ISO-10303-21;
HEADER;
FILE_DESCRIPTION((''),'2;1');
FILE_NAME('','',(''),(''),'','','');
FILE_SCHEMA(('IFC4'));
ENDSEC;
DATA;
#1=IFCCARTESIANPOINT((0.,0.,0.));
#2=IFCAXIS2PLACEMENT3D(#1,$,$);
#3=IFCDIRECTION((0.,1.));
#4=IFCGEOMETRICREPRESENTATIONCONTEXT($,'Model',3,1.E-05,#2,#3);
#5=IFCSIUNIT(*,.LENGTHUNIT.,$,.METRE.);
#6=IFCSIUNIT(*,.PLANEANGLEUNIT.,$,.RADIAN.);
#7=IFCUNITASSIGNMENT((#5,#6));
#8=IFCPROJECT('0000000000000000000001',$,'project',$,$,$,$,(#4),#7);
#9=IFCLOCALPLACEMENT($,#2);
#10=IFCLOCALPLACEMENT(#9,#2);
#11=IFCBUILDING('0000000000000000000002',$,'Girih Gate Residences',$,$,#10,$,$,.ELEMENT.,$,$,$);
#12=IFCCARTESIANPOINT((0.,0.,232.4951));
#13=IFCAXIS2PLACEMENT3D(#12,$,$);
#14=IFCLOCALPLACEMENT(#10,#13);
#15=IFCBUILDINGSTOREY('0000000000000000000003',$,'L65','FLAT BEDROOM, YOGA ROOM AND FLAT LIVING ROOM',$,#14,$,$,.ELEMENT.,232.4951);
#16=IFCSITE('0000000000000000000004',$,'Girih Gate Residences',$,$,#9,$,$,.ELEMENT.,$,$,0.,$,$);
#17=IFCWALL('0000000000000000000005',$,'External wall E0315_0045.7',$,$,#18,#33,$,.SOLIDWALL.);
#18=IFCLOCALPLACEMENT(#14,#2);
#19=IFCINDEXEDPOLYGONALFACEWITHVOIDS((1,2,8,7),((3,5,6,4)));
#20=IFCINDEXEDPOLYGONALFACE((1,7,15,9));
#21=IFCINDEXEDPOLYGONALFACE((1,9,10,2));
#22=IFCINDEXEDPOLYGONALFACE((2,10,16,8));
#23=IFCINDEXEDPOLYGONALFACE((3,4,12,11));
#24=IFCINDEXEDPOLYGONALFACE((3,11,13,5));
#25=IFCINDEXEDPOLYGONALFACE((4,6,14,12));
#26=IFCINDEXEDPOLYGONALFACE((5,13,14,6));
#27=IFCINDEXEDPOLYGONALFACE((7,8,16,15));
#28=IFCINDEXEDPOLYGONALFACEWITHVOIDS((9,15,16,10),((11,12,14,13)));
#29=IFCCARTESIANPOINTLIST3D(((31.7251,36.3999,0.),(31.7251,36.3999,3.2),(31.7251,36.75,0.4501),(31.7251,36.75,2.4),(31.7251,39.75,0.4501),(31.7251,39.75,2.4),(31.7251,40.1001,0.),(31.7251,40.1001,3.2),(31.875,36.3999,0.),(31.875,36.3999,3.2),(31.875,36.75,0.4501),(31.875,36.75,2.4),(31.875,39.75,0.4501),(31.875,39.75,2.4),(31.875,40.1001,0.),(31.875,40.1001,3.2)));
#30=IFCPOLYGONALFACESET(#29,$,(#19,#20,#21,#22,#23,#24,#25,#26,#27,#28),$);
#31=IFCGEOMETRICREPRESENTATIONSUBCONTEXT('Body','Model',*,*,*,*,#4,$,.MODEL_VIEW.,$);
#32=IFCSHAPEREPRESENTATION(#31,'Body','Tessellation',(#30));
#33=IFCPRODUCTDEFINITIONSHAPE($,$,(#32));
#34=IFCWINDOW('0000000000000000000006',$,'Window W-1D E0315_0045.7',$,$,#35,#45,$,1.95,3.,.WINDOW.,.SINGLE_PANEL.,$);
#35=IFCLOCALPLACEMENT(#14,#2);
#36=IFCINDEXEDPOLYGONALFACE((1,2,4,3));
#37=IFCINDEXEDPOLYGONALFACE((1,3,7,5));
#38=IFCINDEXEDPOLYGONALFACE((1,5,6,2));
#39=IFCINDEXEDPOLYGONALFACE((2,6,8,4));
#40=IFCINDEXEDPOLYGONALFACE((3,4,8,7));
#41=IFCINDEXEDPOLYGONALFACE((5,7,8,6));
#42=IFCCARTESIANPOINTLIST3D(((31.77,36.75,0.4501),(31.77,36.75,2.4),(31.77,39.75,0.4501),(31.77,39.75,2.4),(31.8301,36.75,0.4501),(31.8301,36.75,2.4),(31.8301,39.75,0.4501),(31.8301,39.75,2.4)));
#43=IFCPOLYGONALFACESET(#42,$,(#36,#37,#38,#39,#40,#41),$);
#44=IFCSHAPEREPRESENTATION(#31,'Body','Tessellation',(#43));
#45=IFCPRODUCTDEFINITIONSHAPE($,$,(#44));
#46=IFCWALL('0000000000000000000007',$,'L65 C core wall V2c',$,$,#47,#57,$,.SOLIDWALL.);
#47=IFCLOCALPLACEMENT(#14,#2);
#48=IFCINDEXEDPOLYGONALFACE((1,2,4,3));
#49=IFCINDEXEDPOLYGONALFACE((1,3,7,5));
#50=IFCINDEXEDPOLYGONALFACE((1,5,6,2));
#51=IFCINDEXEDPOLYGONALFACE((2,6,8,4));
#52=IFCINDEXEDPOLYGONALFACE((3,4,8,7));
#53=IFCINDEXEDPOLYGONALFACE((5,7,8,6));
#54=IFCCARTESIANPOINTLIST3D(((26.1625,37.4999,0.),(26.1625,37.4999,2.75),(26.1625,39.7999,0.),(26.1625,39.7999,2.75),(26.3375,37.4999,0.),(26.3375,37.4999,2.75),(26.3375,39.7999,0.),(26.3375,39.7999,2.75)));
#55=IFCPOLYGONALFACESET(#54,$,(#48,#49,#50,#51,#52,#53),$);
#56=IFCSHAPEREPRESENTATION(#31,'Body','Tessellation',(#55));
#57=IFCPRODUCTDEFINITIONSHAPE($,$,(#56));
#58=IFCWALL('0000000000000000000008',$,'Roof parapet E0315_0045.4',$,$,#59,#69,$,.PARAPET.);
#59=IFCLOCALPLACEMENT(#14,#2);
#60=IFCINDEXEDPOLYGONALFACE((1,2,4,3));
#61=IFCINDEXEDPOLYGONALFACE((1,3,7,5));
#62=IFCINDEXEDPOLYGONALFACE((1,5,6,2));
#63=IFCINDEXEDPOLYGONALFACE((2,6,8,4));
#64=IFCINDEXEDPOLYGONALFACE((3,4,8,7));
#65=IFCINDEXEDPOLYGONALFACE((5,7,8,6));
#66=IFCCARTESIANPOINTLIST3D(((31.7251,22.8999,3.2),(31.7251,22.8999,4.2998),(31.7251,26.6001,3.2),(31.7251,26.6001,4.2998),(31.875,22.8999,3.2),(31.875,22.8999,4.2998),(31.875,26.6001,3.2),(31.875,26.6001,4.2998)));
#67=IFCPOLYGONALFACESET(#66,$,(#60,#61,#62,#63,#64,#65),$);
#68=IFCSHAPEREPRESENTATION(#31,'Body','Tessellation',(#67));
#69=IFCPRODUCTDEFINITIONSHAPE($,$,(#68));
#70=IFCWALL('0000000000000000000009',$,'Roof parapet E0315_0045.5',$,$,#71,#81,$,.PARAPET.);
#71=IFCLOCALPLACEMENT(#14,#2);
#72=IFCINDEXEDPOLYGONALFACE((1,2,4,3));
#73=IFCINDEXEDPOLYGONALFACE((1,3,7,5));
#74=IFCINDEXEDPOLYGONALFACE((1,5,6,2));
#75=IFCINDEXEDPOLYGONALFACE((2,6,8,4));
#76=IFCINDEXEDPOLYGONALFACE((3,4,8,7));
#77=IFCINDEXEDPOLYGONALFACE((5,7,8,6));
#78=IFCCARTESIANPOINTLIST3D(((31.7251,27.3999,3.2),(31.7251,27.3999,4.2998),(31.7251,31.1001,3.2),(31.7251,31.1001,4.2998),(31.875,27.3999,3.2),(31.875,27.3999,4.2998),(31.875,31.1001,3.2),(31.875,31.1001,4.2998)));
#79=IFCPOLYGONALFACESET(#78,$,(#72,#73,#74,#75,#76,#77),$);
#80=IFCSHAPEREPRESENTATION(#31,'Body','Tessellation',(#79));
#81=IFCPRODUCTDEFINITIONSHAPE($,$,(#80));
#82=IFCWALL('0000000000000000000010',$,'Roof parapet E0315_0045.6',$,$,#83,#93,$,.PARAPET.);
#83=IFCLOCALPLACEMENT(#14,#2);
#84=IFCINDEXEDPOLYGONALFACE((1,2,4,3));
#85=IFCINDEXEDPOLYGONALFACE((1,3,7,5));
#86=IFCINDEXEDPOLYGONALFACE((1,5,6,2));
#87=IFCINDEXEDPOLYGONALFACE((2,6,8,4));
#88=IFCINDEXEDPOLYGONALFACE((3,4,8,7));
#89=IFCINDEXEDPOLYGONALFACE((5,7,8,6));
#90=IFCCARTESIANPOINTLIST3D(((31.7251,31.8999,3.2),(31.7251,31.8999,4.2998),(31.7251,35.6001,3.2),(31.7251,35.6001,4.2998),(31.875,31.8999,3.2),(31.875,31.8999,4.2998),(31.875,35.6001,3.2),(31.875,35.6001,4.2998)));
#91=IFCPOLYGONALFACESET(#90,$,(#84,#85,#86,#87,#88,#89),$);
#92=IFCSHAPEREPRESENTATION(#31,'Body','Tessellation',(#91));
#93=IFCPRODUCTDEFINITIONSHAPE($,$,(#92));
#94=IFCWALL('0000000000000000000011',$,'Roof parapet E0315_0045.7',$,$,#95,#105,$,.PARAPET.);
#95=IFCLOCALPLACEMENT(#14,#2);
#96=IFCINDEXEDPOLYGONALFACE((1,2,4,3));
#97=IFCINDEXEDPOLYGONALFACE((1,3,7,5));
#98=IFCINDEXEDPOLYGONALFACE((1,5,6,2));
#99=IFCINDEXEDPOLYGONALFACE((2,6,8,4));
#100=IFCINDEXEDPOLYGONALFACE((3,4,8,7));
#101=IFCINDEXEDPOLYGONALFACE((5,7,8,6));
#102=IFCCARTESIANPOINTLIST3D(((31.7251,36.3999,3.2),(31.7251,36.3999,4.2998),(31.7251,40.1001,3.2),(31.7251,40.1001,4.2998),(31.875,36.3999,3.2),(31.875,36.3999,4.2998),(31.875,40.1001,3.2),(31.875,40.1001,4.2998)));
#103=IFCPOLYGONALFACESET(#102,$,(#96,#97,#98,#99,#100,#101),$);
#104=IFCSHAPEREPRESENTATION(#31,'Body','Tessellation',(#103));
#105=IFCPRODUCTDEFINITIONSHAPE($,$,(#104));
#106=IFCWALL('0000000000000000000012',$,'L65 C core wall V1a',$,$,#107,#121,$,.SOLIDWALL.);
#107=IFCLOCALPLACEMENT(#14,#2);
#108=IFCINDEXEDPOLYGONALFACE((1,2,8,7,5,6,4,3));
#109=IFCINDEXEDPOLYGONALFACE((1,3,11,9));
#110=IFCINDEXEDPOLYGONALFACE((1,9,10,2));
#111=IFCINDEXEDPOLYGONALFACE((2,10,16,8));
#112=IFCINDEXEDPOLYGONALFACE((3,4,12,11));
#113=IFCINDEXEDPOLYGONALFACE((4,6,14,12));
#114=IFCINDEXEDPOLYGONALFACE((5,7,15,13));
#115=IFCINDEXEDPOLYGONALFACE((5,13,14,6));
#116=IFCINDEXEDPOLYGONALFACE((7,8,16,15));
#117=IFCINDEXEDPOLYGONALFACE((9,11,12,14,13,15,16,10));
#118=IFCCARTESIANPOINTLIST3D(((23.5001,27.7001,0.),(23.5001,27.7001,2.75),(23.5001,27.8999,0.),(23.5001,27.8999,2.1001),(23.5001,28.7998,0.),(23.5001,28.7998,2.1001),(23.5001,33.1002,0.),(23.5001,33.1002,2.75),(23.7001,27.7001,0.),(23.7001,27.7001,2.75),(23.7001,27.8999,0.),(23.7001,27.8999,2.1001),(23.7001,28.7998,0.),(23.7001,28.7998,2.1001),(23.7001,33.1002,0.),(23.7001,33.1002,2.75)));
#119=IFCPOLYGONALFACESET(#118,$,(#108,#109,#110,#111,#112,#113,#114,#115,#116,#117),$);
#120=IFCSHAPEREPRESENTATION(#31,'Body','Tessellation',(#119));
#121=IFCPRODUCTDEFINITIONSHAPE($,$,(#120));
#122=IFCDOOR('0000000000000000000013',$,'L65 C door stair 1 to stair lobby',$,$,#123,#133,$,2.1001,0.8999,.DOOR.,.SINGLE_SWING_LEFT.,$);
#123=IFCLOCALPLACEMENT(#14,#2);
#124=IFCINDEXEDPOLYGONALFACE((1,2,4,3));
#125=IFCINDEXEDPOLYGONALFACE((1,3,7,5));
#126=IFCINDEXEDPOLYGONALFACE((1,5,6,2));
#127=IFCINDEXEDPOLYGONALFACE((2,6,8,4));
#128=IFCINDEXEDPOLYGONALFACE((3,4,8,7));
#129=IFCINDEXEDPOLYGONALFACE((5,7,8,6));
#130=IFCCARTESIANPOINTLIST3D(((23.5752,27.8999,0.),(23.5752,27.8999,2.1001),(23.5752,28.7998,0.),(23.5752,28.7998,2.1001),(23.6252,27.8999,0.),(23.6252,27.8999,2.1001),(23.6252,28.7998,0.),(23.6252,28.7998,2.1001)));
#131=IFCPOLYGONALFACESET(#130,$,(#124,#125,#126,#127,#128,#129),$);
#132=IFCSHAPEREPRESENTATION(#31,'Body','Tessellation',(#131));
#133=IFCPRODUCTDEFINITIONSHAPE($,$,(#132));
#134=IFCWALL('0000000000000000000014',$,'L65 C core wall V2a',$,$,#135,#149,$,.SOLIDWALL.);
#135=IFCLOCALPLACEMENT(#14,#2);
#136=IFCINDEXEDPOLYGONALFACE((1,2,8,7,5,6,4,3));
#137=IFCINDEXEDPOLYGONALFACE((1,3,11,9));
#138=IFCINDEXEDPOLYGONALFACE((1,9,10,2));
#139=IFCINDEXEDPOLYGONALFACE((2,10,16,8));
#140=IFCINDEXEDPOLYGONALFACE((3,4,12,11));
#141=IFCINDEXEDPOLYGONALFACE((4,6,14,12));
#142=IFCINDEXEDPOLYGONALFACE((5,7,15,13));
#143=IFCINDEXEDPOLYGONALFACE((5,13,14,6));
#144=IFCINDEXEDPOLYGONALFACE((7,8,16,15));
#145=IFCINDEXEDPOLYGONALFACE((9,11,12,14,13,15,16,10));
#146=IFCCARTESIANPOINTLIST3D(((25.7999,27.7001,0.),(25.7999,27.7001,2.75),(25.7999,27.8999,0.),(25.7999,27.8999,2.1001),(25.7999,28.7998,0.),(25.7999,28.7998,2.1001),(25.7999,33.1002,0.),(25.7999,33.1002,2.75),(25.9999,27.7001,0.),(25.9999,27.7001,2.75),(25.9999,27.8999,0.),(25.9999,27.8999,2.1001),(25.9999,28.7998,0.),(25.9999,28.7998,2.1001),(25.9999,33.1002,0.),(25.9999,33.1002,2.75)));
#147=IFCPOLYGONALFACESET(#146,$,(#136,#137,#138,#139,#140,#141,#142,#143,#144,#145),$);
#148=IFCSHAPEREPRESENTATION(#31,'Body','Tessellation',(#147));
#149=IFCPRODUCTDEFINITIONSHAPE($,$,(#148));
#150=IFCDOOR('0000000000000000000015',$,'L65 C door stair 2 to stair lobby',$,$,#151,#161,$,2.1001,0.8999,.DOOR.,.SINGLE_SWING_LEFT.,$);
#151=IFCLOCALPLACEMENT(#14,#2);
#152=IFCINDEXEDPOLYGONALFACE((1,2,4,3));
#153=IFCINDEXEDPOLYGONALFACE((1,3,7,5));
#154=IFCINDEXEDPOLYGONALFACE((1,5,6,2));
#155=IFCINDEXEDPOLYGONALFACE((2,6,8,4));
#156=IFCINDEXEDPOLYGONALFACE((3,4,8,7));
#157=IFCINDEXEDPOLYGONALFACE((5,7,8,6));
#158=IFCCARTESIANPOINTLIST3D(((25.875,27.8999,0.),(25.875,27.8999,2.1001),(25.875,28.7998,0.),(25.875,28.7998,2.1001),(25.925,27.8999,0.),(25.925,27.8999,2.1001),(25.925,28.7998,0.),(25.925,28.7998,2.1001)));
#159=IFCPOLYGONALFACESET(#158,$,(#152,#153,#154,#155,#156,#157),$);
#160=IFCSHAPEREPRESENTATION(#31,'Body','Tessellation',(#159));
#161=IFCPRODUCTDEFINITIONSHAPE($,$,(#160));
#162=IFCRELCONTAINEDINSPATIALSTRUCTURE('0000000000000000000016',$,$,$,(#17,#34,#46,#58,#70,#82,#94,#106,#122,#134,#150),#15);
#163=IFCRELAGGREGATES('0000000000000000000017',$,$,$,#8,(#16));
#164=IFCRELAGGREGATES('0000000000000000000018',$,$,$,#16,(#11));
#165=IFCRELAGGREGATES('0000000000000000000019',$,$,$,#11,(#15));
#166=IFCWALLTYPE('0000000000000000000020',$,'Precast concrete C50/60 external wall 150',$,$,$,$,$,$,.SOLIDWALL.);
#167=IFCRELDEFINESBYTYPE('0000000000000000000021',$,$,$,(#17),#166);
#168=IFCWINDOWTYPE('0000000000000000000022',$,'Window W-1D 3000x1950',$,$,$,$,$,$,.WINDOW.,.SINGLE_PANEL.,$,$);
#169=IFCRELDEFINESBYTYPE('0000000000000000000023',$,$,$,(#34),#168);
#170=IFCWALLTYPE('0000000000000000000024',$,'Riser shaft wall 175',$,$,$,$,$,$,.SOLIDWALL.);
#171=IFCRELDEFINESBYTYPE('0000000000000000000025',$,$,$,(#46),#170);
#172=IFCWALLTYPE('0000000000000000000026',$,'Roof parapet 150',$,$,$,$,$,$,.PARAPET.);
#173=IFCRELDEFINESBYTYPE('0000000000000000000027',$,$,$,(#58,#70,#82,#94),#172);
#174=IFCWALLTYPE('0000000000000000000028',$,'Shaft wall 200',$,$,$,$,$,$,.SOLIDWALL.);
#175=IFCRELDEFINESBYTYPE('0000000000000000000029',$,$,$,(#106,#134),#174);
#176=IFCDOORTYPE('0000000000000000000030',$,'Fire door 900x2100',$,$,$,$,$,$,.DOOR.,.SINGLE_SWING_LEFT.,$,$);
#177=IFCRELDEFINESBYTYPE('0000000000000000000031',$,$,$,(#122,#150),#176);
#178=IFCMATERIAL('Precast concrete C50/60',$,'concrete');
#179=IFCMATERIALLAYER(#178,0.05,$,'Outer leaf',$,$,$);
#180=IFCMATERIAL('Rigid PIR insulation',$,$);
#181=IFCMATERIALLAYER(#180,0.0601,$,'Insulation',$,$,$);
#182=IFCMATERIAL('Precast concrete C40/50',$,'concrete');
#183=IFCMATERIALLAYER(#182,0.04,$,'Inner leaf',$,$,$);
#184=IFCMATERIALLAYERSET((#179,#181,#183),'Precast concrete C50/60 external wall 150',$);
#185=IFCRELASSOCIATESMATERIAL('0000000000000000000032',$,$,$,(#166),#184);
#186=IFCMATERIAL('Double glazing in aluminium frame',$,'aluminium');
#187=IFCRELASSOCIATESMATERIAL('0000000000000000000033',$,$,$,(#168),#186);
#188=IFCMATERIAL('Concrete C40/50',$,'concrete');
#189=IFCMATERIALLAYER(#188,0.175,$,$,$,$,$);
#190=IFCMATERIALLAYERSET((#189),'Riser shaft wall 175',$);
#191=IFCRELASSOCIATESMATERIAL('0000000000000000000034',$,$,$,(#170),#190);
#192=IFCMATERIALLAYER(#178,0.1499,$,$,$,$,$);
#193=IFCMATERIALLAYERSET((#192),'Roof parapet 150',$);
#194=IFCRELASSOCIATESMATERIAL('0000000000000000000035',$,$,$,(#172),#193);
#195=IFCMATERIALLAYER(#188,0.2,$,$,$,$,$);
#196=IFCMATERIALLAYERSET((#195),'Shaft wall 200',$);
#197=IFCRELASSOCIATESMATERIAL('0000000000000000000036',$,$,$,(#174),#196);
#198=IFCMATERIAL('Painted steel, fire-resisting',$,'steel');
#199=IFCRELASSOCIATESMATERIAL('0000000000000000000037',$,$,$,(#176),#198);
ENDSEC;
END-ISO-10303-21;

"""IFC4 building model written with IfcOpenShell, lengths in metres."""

from ifc_helpers import new_model, si_unit, direction, frame, frame_2d, origin, place, context, subcontext, project, spatial, rectangle, extrude, material, layer, layer_set, type_object, element, fill, save


model = new_model("IFC4")

# Units and contexts
model_context = context("Model", 3, precision=1e-05, world=origin(), true_north=direction((0.0, 1.0)))
body_context = subcontext(model_context, "Body", "Model", "MODEL_VIEW")
ifc_project = project(units=[si_unit("LENGTHUNIT", "METRE"), si_unit("PLANEANGLEUNIT", "RADIAN")], contexts=[model_context])

# Site, building, storey
site_placement = place(None, origin())
site = spatial("IfcSite", under=ifc_project, at=site_placement, Name="Girih Gate Residences", CompositionType="ELEMENT", RefElevation=0.0)
building_placement = place(site_placement, origin())
building = spatial("IfcBuilding", under=site, at=building_placement, Name="Girih Gate Residences", CompositionType="ELEMENT")
storey_placement = place(building_placement, frame((0.0, 0.0, 232.4951)))
storey = spatial("IfcBuildingStorey", under=building, at=storey_placement, Name="L65", Description="FLAT BEDROOM, YOGA ROOM AND FLAT LIVING ROOM", CompositionType="ELEMENT", Elevation=232.4951)

# Wall, opening, window
ifc_material_1 = material(Name="Precast concrete C50/60", Category="concrete")
ifc_layer_1 = layer(ifc_material_1, 0.05, Name="Outer leaf")
ifc_material_2 = material(Name="Rigid PIR insulation")
ifc_layer_2 = layer(ifc_material_2, 0.0601, Name="Insulation")
ifc_material_3 = material(Name="Precast concrete C40/50", Category="concrete")
ifc_layer_3 = layer(ifc_material_3, 0.04, Name="Inner leaf")
ifc_layer_set_1 = layer_set([ifc_layer_1, ifc_layer_2, ifc_layer_3], Name="Precast concrete C50/60 external wall 150")
wall_type_1 = type_object("IfcWallType", Name="Precast concrete C50/60 external wall 150", PredefinedType="SOLIDWALL", material=ifc_layer_set_1)
ifc_material_4 = material(Name="Double glazing in aluminium frame", Category="aluminium")
window_type = type_object("IfcWindowType", Name="Window W-1D 3000x1950", PartitioningType="SINGLE_PANEL", PredefinedType="WINDOW", material=ifc_material_4)
wall_1_placement = place(storey_placement, frame((31.8, 40.1001, 0.0), z_axis=(0.0, 0.0, 1.0), x_axis=(0.0, -1.0, 0.0)))
wall_1 = element("IfcWall", 1, at=wall_1_placement, inside=storey, type_object=wall_type_1, Name="External wall E0315_0045.7", PredefinedType="SOLIDWALL", context=body_context, shape_type="SweptSolid", body=[
    extrude(rectangle(XDim=3.7002, YDim=0.1499, at=frame_2d((1.8501, 0.0))), origin(), (0.0, 0.0, 1.0), 3.2),
])
opening_1_placement = place(wall_1_placement, frame((0.3501, 0.0, 0.45)))
opening_1 = element("IfcOpeningElement", 2, at=opening_1_placement, cuts=wall_1, PredefinedType="OPENING", context=body_context, shape_type="SweptSolid", body=[
    extrude(rectangle(XDim=3.0, YDim=1.95, at=frame_2d((1.5, 0.9751))), frame((0.0, 0.085, 0.0), z_axis=(0.0, -1.0, 0.0), x_axis=(1.0, 0.0, 0.0)), (0.0, 0.0, 1.0), 0.1699),
])
window_1_placement = place(opening_1_placement, origin())
window_1 = element("IfcWindow", 3, at=window_1_placement, inside=storey, type_object=window_type, Name="Window W-1D E0315_0045.7", OverallHeight=1.95, OverallWidth=3.0, PartitioningType="SINGLE_PANEL", PredefinedType="WINDOW", context=body_context, shape_type="SweptSolid", body=[
    extrude(rectangle(XDim=3.0, YDim=1.95, at=frame_2d((1.5, 0.9751))), frame((0.0, 0.03, 0.0), z_axis=(0.0, -1.0, 0.0), x_axis=(1.0, 0.0, 0.0)), (0.0, 0.0, 1.0), 0.0601),
])
fill(opening_1, window_1)

# Walls
ifc_material_5 = material(Name="Concrete C40/50", Category="concrete")
ifc_layer_4 = layer(ifc_material_5, 0.175)
ifc_layer_set_2 = layer_set([ifc_layer_4], Name="Riser shaft wall 175")
wall_type_2 = type_object("IfcWallType", Name="Riser shaft wall 175", PredefinedType="SOLIDWALL", material=ifc_layer_set_2)
wall_2_placement = place(storey_placement, frame((26.25, 37.5, 0.0), z_axis=(0.0, 0.0, 1.0), x_axis=(0.0, 1.0, 0.0)))
element("IfcWall", 4, at=wall_2_placement, inside=storey, type_object=wall_type_2, Name="L65 C core wall V2c", PredefinedType="SOLIDWALL", context=body_context, shape_type="SweptSolid", body=[
    extrude(rectangle(XDim=2.3, YDim=0.175, at=frame_2d((1.1499, 0.0))), origin(), (0.0, 0.0, 1.0), 2.75),
])
ifc_layer_5 = layer(ifc_material_1, 0.1499)
ifc_layer_set_3 = layer_set([ifc_layer_5], Name="Roof parapet 150")
wall_type_3 = type_object("IfcWallType", Name="Roof parapet 150", PredefinedType="PARAPET", material=ifc_layer_set_3)
for number, where, z_axis, x_axis, name in (
    (5, (31.8, 26.6001, 3.2), (0.0, 0.0, 1.0), (0.0, -1.0, 0.0), "Roof parapet E0315_0045.4"),
    (6, (31.8, 31.1001, 3.2), (0.0, 0.0, 1.0), (0.0, -1.0, 0.0), "Roof parapet E0315_0045.5"),
    (7, (31.8, 35.6001, 3.2), (0.0, 0.0, 1.0), (0.0, -1.0, 0.0), "Roof parapet E0315_0045.6"),
    (8, (31.8, 40.1001, 3.2), (0.0, 0.0, 1.0), (0.0, -1.0, 0.0), "Roof parapet E0315_0045.7"),
):
    element("IfcWall", number, at=place(storey_placement, frame(where, z_axis=z_axis, x_axis=x_axis)), inside=storey, type_object=wall_type_3, Name=name, PredefinedType="PARAPET", context=body_context, shape_type="SweptSolid", body=[
        extrude(rectangle(XDim=3.7002, YDim=0.1499, at=frame_2d((1.8501, 0.0))), origin(), (0.0, 0.0, 1.0), 1.0999),
    ])

# Walls, openings, doors
ifc_layer_6 = layer(ifc_material_5, 0.2)
ifc_layer_set_4 = layer_set([ifc_layer_6], Name="Shaft wall 200")
wall_type_4 = type_object("IfcWallType", Name="Shaft wall 200", PredefinedType="SOLIDWALL", material=ifc_layer_set_4)
wall_3_placement = place(storey_placement, frame((23.6001, 27.7, 0.0), z_axis=(0.0, 0.0, 1.0), x_axis=(0.0, 1.0, 0.0)))
wall_3 = element("IfcWall", 9, at=wall_3_placement, inside=storey, type_object=wall_type_4, Name="L65 C core wall V1a", PredefinedType="SOLIDWALL", context=body_context, shape_type="SweptSolid", body=[
    extrude(rectangle(XDim=5.4001, YDim=0.2, at=frame_2d((2.7002, 0.0))), origin(), (0.0, 0.0, 1.0), 2.75),
])
opening_2_placement = place(wall_3_placement, frame((0.2, 0.0, 0.0)))
opening_2 = element("IfcOpeningElement", 10, at=opening_2_placement, cuts=wall_3, PredefinedType="OPENING", context=body_context, shape_type="SweptSolid", body=[
    extrude(rectangle(XDim=0.8999, YDim=2.1001, at=frame_2d((0.45, 1.05))), frame((0.0, 0.1099, 0.0), z_axis=(0.0, -1.0, 0.0), x_axis=(1.0, 0.0, 0.0)), (0.0, 0.0, 1.0), 0.22),
])
ifc_material_6 = material(Name="Painted steel, fire-resisting", Category="steel")
door_type_1 = type_object("IfcDoorType", Name="Fire door 900x2100", OperationType="SINGLE_SWING_LEFT", PredefinedType="DOOR", material=ifc_material_6)
door_1_placement = place(opening_2_placement, origin())
door_1 = element("IfcDoor", 11, at=door_1_placement, inside=storey, type_object=door_type_1, Name="L65 C door stair 1 to stair lobby", OperationType="SINGLE_SWING_LEFT", OverallHeight=2.1001, OverallWidth=0.8999, PredefinedType="DOOR", context=body_context, shape_type="SweptSolid", body=[
    extrude(rectangle(XDim=0.8999, YDim=2.1001, at=frame_2d((0.45, 1.05))), frame((0.0, 0.0249, 0.0), z_axis=(0.0, -1.0, 0.0), x_axis=(1.0, 0.0, 0.0)), (0.0, 0.0, 1.0), 0.05),
])
fill(opening_2, door_1)
wall_4_placement = place(storey_placement, frame((25.8999, 27.7, 0.0), z_axis=(0.0, 0.0, 1.0), x_axis=(0.0, 1.0, 0.0)))
wall_4 = element("IfcWall", 12, at=wall_4_placement, inside=storey, type_object=wall_type_4, Name="L65 C core wall V2a", PredefinedType="SOLIDWALL", context=body_context, shape_type="SweptSolid", body=[
    extrude(rectangle(XDim=5.4001, YDim=0.2, at=frame_2d((2.7002, 0.0))), origin(), (0.0, 0.0, 1.0), 2.75),
])
opening_3_placement = place(wall_4_placement, frame((0.2, 0.0, 0.0)))
opening_3 = element("IfcOpeningElement", 13, at=opening_3_placement, cuts=wall_4, PredefinedType="OPENING", context=body_context, shape_type="SweptSolid", body=[
    extrude(rectangle(XDim=0.8999, YDim=2.1001, at=frame_2d((0.45, 1.05))), frame((0.0, 0.1099, 0.0), z_axis=(0.0, -1.0, 0.0), x_axis=(1.0, 0.0, 0.0)), (0.0, 0.0, 1.0), 0.22),
])
door_2_placement = place(opening_3_placement, origin())
door_2 = element("IfcDoor", 14, at=door_2_placement, inside=storey, type_object=door_type_1, Name="L65 C door stair 2 to stair lobby", OperationType="SINGLE_SWING_LEFT", OverallHeight=2.1001, OverallWidth=0.8999, PredefinedType="DOOR", context=body_context, shape_type="SweptSolid", body=[
    extrude(rectangle(XDim=0.8999, YDim=2.1001, at=frame_2d((0.45, 1.05))), frame((0.0, 0.0249, 0.0), z_axis=(0.0, -1.0, 0.0), x_axis=(1.0, 0.0, 0.0)), (0.0, 0.0, 1.0), 0.05),
])
fill(opening_3, door_2)

save(model, "model.ifc")
